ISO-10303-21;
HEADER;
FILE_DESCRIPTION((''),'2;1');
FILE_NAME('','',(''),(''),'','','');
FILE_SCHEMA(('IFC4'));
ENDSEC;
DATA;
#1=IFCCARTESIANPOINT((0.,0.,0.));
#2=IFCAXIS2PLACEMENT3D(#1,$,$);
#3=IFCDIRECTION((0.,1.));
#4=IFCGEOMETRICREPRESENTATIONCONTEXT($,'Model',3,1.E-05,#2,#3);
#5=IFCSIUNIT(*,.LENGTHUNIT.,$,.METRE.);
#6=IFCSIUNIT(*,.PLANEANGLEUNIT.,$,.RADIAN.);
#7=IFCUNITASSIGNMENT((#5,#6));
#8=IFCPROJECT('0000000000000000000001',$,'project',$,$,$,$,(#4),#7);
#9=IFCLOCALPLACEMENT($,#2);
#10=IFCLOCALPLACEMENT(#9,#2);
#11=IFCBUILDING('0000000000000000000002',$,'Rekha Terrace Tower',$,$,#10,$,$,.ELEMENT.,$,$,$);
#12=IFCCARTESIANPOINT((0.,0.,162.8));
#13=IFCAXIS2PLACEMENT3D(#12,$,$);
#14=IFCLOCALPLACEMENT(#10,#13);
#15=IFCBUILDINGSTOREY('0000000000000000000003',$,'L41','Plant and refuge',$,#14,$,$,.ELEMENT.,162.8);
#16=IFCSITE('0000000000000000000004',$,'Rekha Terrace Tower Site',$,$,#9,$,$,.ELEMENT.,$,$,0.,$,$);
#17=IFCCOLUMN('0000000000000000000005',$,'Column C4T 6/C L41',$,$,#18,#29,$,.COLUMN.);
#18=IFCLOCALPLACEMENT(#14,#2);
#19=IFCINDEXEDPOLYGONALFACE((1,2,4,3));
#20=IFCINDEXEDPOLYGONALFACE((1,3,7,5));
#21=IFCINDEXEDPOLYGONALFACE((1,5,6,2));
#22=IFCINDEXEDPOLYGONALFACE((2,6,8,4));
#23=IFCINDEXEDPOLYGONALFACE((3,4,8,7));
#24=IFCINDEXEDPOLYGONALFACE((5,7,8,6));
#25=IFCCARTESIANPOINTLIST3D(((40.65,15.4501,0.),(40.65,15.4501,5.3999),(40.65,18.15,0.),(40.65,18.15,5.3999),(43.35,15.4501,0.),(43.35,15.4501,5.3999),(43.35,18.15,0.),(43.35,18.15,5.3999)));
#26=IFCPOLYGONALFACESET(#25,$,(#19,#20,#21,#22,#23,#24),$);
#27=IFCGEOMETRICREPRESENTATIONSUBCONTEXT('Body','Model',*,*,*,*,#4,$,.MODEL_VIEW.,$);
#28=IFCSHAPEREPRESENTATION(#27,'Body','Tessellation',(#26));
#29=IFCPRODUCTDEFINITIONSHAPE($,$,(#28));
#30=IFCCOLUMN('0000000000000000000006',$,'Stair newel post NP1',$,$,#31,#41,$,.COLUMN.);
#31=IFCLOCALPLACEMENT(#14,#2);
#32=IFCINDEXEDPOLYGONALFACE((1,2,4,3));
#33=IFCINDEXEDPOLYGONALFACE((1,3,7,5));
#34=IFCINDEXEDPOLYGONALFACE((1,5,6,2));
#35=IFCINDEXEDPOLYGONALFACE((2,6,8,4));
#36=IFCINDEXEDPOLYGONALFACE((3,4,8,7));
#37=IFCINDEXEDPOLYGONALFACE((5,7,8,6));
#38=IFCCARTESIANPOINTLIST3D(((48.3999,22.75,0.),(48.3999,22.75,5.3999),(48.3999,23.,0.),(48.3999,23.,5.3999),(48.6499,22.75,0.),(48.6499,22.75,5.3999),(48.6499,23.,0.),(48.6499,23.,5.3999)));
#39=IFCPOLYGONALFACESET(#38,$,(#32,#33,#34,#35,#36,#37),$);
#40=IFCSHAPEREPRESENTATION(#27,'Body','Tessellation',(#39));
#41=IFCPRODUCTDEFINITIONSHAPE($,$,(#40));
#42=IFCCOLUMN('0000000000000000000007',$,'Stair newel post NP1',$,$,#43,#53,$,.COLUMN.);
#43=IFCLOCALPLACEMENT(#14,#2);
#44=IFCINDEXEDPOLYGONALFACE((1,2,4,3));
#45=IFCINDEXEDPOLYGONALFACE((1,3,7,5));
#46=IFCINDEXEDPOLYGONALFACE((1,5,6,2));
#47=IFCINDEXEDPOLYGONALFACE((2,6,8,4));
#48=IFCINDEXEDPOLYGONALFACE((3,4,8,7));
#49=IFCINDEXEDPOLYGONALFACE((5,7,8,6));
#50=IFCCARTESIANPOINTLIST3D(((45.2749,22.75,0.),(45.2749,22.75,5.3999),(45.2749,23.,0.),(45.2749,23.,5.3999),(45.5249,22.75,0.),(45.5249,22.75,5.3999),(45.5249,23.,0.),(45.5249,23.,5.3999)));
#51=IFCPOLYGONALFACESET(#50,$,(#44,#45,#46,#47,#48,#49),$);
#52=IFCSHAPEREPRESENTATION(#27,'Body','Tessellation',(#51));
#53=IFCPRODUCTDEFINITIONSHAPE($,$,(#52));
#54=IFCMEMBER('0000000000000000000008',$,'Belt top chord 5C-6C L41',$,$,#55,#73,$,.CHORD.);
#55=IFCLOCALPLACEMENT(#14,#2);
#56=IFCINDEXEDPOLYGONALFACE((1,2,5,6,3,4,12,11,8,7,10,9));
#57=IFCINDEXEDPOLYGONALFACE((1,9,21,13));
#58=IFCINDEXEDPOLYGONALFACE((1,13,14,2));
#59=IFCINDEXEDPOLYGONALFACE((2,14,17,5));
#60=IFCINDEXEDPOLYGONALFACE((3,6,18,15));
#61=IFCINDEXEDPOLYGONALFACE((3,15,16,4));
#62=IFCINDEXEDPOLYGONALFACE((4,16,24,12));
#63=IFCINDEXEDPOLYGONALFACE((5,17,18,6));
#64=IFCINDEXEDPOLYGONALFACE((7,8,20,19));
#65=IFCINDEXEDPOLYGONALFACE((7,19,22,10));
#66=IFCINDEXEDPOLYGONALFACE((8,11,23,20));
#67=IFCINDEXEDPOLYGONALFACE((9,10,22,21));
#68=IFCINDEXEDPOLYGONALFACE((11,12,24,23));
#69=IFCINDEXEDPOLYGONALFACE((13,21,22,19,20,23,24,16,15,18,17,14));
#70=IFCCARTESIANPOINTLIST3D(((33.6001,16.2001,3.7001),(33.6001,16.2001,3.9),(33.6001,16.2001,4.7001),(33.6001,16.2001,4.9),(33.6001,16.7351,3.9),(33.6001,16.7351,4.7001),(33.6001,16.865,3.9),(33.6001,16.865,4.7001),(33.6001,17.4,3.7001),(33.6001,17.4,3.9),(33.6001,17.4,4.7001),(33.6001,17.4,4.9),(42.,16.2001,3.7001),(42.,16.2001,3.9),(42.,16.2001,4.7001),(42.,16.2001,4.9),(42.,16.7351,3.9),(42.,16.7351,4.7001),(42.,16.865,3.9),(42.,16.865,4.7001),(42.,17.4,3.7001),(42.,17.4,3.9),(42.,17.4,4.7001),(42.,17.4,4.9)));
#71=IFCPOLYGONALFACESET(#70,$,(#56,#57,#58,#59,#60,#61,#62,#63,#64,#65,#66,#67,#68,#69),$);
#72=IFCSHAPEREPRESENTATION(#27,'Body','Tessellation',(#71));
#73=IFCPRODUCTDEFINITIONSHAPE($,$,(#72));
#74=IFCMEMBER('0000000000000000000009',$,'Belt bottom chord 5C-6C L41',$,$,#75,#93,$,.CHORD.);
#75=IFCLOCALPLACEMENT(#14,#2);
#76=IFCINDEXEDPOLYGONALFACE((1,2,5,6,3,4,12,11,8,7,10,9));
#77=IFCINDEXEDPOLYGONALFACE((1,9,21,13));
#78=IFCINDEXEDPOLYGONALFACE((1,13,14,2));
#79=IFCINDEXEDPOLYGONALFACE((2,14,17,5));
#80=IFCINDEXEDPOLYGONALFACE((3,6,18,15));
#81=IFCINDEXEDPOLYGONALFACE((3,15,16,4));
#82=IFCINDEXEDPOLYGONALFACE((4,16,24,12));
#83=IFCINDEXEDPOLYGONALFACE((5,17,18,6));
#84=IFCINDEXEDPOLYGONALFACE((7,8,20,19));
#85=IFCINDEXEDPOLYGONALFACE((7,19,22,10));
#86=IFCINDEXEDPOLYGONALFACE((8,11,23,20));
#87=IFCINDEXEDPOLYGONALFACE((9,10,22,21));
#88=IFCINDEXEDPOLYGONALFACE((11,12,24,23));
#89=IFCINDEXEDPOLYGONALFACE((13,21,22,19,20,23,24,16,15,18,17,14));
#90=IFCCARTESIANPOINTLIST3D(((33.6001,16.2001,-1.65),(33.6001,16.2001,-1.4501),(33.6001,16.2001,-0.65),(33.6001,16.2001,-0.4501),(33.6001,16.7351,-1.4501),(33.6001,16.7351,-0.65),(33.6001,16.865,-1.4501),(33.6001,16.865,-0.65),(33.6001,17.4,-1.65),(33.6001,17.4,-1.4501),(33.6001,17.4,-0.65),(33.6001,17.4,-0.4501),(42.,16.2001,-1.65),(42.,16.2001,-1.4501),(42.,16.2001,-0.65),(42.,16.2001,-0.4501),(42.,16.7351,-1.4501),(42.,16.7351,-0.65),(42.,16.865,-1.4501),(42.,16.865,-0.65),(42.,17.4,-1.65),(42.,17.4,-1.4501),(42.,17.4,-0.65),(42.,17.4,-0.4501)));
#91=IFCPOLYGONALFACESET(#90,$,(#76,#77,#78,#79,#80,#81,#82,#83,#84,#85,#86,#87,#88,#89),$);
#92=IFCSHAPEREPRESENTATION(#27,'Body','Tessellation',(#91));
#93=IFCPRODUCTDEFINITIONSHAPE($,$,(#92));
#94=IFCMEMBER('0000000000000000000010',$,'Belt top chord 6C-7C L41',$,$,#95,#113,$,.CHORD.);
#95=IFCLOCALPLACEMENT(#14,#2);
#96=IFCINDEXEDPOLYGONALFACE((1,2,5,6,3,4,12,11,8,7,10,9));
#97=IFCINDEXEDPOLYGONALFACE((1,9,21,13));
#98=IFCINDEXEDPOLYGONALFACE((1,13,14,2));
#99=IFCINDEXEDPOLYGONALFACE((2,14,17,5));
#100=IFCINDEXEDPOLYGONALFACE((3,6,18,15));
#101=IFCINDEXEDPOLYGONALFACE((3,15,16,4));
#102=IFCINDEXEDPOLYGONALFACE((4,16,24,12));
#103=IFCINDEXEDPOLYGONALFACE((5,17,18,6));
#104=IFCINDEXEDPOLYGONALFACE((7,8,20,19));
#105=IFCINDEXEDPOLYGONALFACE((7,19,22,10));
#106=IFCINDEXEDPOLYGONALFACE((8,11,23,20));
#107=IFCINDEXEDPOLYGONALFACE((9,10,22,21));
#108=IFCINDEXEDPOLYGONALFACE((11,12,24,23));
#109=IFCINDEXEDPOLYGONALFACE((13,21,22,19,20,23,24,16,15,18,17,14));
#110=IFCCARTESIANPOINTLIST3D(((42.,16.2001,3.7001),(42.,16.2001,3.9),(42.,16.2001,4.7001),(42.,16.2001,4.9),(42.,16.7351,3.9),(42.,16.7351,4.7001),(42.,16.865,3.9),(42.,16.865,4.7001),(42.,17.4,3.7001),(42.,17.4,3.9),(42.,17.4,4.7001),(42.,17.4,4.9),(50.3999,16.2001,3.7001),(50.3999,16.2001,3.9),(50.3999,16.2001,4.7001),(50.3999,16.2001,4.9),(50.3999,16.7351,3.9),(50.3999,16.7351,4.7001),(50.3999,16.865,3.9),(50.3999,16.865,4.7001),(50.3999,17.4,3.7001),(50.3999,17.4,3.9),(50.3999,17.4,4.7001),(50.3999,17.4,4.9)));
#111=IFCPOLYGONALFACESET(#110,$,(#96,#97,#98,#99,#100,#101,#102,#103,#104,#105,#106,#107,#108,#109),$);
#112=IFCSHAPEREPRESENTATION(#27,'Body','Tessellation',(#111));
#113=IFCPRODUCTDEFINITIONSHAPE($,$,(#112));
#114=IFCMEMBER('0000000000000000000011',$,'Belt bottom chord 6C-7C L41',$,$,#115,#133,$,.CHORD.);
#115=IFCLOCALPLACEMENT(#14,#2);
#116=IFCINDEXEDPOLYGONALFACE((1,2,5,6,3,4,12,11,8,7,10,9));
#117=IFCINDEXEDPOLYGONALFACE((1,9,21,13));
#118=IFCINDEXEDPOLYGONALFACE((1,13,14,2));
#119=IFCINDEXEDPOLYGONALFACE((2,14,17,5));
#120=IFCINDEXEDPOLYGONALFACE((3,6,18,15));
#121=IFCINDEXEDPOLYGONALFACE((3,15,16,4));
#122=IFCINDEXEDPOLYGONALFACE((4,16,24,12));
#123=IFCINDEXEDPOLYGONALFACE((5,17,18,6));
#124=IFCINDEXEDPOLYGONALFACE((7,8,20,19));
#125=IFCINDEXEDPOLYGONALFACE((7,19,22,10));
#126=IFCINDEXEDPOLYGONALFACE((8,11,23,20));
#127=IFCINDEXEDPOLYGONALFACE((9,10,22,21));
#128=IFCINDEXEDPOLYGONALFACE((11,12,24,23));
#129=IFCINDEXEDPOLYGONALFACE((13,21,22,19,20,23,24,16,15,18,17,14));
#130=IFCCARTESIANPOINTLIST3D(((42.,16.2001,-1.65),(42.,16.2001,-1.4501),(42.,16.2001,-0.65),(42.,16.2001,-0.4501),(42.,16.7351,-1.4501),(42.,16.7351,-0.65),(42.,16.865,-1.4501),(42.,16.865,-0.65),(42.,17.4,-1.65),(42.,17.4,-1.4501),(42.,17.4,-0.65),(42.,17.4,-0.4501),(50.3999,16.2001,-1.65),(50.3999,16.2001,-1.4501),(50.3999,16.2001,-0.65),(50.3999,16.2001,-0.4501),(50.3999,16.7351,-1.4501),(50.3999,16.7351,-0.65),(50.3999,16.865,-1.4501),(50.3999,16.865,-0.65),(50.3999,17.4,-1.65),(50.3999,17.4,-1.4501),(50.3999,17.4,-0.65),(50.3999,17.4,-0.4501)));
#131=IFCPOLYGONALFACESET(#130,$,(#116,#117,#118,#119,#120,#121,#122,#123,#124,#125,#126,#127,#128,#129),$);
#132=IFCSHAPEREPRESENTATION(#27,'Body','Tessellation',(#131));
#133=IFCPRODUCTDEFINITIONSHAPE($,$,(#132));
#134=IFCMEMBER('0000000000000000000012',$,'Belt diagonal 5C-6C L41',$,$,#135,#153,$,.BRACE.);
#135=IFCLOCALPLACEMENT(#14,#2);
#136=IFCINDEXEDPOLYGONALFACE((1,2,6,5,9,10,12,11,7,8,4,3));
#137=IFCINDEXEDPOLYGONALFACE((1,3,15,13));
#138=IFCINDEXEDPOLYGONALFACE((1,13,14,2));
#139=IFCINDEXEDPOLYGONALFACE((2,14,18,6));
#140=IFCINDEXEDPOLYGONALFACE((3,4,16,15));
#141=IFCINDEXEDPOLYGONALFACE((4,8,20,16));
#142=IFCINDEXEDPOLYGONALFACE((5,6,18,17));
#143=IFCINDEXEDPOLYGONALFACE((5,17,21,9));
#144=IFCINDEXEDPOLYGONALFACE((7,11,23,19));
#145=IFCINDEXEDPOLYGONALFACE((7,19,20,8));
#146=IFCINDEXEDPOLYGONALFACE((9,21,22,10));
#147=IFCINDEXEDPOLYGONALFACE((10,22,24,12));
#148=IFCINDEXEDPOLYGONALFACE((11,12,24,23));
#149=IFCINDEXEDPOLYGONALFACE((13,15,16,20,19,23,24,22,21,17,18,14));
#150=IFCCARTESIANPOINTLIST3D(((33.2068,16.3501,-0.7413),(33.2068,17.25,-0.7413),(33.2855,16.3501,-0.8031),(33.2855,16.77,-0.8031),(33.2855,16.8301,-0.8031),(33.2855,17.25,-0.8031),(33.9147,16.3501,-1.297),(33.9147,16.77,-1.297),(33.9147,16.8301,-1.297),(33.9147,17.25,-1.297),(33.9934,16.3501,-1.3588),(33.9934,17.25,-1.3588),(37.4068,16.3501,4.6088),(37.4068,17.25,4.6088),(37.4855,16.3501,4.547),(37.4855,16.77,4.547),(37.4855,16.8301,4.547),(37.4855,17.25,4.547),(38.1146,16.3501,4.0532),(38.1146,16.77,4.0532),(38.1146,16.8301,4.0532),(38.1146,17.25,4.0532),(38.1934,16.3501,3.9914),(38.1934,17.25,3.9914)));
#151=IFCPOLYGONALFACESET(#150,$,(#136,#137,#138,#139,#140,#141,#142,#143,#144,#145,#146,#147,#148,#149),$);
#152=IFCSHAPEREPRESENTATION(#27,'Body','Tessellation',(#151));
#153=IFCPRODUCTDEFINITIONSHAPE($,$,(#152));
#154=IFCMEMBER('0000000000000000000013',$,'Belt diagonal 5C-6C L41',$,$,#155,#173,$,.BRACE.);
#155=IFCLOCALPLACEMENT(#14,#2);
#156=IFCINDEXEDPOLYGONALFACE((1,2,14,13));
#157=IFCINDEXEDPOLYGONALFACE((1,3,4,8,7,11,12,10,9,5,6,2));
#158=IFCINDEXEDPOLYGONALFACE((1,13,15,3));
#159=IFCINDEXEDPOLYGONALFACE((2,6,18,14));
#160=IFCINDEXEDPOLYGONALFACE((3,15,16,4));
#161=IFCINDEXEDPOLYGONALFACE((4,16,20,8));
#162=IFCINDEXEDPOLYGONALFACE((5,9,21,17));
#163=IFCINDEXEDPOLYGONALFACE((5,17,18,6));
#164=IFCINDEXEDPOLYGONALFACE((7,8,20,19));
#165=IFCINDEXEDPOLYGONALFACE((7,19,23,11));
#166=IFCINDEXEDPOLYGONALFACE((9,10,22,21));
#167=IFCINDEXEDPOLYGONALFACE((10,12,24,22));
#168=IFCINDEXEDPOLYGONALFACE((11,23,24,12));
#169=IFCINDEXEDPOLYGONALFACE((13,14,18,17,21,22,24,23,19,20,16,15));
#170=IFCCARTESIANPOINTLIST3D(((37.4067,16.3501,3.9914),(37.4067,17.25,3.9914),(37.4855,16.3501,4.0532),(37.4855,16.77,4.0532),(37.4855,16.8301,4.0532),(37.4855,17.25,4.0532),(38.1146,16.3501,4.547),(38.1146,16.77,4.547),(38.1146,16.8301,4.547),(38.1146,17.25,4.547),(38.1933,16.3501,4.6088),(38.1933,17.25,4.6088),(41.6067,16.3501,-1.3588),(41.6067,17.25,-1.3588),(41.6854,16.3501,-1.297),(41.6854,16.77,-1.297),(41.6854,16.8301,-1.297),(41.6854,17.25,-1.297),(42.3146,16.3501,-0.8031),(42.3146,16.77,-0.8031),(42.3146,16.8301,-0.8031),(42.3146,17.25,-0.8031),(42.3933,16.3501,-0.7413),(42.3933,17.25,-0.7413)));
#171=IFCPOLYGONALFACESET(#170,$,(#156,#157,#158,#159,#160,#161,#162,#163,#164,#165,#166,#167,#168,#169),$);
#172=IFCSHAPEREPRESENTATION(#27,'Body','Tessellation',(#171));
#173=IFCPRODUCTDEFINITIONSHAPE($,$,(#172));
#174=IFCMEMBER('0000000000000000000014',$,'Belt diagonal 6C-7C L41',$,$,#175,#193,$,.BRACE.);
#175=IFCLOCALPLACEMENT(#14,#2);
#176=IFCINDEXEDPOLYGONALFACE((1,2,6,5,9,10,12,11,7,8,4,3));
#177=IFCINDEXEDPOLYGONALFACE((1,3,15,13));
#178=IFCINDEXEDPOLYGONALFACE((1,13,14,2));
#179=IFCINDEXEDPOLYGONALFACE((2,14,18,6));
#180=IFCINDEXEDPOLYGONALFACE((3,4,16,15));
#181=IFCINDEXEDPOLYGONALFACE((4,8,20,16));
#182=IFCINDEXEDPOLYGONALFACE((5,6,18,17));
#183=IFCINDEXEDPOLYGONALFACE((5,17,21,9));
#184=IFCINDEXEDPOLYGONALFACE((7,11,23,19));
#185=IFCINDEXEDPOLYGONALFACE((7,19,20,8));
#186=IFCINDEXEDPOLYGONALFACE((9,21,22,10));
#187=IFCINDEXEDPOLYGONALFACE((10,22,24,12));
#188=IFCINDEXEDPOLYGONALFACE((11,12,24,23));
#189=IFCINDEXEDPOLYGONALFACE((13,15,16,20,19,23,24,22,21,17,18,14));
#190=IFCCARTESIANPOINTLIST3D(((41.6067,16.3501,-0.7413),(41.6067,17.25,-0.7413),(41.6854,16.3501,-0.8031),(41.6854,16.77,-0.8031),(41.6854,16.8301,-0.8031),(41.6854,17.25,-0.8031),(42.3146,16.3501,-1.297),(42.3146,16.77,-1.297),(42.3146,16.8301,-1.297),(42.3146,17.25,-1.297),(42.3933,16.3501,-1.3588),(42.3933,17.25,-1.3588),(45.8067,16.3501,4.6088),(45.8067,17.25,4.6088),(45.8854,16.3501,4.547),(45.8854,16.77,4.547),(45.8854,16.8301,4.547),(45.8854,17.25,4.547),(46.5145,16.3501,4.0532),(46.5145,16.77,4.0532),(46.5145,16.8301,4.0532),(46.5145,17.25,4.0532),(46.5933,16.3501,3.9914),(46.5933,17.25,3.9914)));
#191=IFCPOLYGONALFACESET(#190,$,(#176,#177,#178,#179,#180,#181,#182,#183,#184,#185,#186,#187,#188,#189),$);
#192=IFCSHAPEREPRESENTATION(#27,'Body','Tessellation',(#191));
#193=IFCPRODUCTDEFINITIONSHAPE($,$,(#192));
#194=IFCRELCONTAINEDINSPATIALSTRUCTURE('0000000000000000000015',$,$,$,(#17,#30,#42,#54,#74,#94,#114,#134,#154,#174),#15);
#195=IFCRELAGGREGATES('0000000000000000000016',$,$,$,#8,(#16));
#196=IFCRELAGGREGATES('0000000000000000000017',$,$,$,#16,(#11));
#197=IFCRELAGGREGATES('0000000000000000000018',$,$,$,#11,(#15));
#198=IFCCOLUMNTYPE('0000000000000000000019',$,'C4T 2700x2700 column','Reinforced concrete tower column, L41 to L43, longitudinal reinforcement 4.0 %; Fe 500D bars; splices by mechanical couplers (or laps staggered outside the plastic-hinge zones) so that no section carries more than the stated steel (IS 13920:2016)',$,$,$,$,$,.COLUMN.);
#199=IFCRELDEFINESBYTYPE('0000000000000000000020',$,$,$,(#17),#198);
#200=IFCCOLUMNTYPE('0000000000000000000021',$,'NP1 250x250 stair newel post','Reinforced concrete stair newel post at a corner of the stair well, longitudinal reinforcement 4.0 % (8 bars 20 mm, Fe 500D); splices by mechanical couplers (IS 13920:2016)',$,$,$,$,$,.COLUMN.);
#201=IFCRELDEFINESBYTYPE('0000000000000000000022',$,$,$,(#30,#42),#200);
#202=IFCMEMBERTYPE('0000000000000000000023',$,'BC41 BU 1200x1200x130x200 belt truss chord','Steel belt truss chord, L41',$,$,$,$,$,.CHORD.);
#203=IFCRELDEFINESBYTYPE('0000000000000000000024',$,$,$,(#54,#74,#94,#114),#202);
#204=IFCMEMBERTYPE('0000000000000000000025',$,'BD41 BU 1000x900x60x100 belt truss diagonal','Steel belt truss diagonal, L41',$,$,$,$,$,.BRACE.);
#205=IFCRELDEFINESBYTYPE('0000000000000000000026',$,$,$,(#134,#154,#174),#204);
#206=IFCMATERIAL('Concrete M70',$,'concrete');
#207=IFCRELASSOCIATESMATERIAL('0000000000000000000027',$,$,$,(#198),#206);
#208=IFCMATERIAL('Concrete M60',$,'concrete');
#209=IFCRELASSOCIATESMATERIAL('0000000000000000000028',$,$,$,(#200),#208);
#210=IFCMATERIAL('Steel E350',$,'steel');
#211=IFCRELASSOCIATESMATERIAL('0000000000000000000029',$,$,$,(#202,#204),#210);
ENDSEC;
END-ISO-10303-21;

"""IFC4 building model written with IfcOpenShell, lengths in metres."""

from ifc_helpers import new_model, si_unit, direction, frame, origin, origin_2d, place, context, subcontext, project, spatial, rectangle, i_section, extrude, material, material_profile, profile_set, type_object, element, save


model = new_model("IFC4")

# Units and contexts
model_context = context("Model", 3, precision=1e-05, world=origin(), true_north=direction((0.0, 1.0)))
body_context = subcontext(model_context, "Body", "Model", "MODEL_VIEW")
ifc_project = project(units=[si_unit("LENGTHUNIT", "METRE"), si_unit("PLANEANGLEUNIT", "RADIAN")], contexts=[model_context])

# Site, building, storey
site_placement = place(None, origin())
site = spatial("IfcSite", under=ifc_project, at=site_placement, Name="Rekha Terrace Tower Site", CompositionType="ELEMENT", RefElevation=0.0)
building_placement = place(site_placement, origin())
building = spatial("IfcBuilding", under=site, at=building_placement, Name="Rekha Terrace Tower", CompositionType="ELEMENT")
storey_placement = place(building_placement, frame((0.0, 0.0, 162.8)))
storey = spatial("IfcBuildingStorey", under=building, at=storey_placement, Name="L41", Description="Plant and refuge", CompositionType="ELEMENT", Elevation=162.8)

# Columns
ifc_material_1 = material(Name="Concrete M70", Category="concrete")
ifc_material_profile_1 = material_profile(ifc_material_1, rectangle(XDim=2.7, YDim=2.7, at=origin_2d()), Name="RC 2700x2700")
ifc_profile_set_1 = profile_set([ifc_material_profile_1], Name="Concrete M70")
column_type_1 = type_object("IfcColumnType", Name="C4T 2700x2700 column", Description="Reinforced concrete tower column, L41 to L43, longitudinal reinforcement 4.0 %; Fe 500D bars; splices by mechanical couplers (or laps staggered outside the plastic-hinge zones) so that no section carries more than the stated steel (IS 13920:2016)", PredefinedType="COLUMN", material=ifc_profile_set_1)
column_placement = place(storey_placement, frame((42.0, 16.8, 0.0), z_axis=(0.0, 0.0, 1.0), x_axis=(1.0, 0.0, 0.0)))
element("IfcColumn", 1, at=column_placement, inside=storey, type_object=column_type_1, Name="Column C4T 6/C L41", PredefinedType="COLUMN", context=body_context, shape_type="SweptSolid", body=[
    extrude(rectangle(XDim=2.7, YDim=2.7, at=origin_2d()), origin(), (0.0, 0.0, 1.0), 5.3999),
])
ifc_material_2 = material(Name="Concrete M60", Category="concrete")
ifc_material_profile_2 = material_profile(ifc_material_2, rectangle(XDim=0.25, YDim=0.25, at=origin_2d()), Name="RC 250x250")
ifc_profile_set_2 = profile_set([ifc_material_profile_2], Name="Concrete M60")
column_type_2 = type_object("IfcColumnType", Name="NP1 250x250 stair newel post", Description="Reinforced concrete stair newel post at a corner of the stair well, longitudinal reinforcement 4.0 % (8 bars 20 mm, Fe 500D); splices by mechanical couplers (IS 13920:2016)", PredefinedType="COLUMN", material=ifc_profile_set_2)
for number, where, z_axis, x_axis, name in (
    (2, (48.5249, 22.875, 0.0), (0.0, 0.0, 1.0), (1.0, 0.0, 0.0), "Stair newel post NP1"),
    (3, (45.3999, 22.875, 0.0), (0.0, 0.0, 1.0), (1.0, 0.0, 0.0), "Stair newel post NP1"),
):
    element("IfcColumn", number, at=place(storey_placement, frame(where, z_axis=z_axis, x_axis=x_axis)), inside=storey, type_object=column_type_2, Name=name, PredefinedType="COLUMN", context=body_context, shape_type="SweptSolid", body=[
        extrude(rectangle(XDim=0.25, YDim=0.25, at=origin_2d()), origin(), (0.0, 0.0, 1.0), 5.3999),
    ])

# Members
ifc_material_3 = material(Name="Steel E350", Category="steel")
ifc_material_profile_3 = material_profile(ifc_material_3, i_section(OverallWidth=1.2, OverallDepth=1.2, WebThickness=0.1299, FlangeThickness=0.2, at=origin_2d()), Name="BU 1200x1200x130x200")
ifc_profile_set_3 = profile_set([ifc_material_profile_3], Name="Steel E350")
member_type_1 = type_object("IfcMemberType", Name="BC41 BU 1200x1200x130x200 belt truss chord", Description="Steel belt truss chord, L41", PredefinedType="CHORD", material=ifc_profile_set_3)
for number, where, z_axis, x_axis, name in (
    (4, (33.6001, 16.8, 4.3), (1.0, 0.0, 0.0), (0.0, 1.0, 0.0), "Belt top chord 5C-6C L41"),
    (5, (33.6001, 16.8, -1.05), (1.0, 0.0, 0.0), (0.0, 1.0, 0.0), "Belt bottom chord 5C-6C L41"),
    (6, (42.0, 16.8, 4.3), (1.0, 0.0, 0.0), (0.0, 1.0, 0.0), "Belt top chord 6C-7C L41"),
    (7, (42.0, 16.8, -1.05), (1.0, 0.0, 0.0), (0.0, 1.0, 0.0), "Belt bottom chord 6C-7C L41"),
):
    element("IfcMember", number, at=place(storey_placement, frame(where, z_axis=z_axis, x_axis=x_axis)), inside=storey, type_object=member_type_1, Name=name, PredefinedType="CHORD", context=body_context, shape_type="SweptSolid", body=[
        extrude(i_section(OverallWidth=1.2, OverallDepth=1.2, WebThickness=0.1299, FlangeThickness=0.2, at=origin_2d()), origin(), (0.0, 0.0, 1.0), 8.3999),
    ])
ifc_material_profile_4 = material_profile(ifc_material_3, i_section(OverallWidth=0.8999, OverallDepth=1.0, WebThickness=0.0601, FlangeThickness=0.1001, at=origin_2d()), Name="BU 1000x900x60x100")
ifc_profile_set_4 = profile_set([ifc_material_profile_4], Name="Steel E350")
member_type_2 = type_object("IfcMemberType", Name="BD41 BU 1000x900x60x100 belt truss diagonal", Description="Steel belt truss diagonal, L41", PredefinedType="BRACE", material=ifc_profile_set_4)
for number, where, z_axis, x_axis, name in (
    (8, (33.6001, 16.8, -1.05), (0.617485, 0.0, 0.786582), (0.0, 1.0, 0.0), "Belt diagonal 5C-6C L41"),
    (9, (42.0, 16.8, -1.05), (-0.617485, 0.0, 0.786582), (0.0, -1.0, 0.0), "Belt diagonal 5C-6C L41"),
    (10, (42.0, 16.8, -1.05), (0.617485, 0.0, 0.786582), (0.0, 1.0, 0.0), "Belt diagonal 6C-7C L41"),
):
    element("IfcMember", number, at=place(storey_placement, frame(where, z_axis=z_axis, x_axis=x_axis)), inside=storey, type_object=member_type_2, Name=name, PredefinedType="BRACE", context=body_context, shape_type="SweptSolid", body=[
        extrude(i_section(OverallWidth=0.8999, OverallDepth=1.0, WebThickness=0.0601, FlangeThickness=0.1001, at=origin_2d()), origin(), (0.0, 0.0, 1.0), 6.8018),
    ])

save(model, "model.ifc")
